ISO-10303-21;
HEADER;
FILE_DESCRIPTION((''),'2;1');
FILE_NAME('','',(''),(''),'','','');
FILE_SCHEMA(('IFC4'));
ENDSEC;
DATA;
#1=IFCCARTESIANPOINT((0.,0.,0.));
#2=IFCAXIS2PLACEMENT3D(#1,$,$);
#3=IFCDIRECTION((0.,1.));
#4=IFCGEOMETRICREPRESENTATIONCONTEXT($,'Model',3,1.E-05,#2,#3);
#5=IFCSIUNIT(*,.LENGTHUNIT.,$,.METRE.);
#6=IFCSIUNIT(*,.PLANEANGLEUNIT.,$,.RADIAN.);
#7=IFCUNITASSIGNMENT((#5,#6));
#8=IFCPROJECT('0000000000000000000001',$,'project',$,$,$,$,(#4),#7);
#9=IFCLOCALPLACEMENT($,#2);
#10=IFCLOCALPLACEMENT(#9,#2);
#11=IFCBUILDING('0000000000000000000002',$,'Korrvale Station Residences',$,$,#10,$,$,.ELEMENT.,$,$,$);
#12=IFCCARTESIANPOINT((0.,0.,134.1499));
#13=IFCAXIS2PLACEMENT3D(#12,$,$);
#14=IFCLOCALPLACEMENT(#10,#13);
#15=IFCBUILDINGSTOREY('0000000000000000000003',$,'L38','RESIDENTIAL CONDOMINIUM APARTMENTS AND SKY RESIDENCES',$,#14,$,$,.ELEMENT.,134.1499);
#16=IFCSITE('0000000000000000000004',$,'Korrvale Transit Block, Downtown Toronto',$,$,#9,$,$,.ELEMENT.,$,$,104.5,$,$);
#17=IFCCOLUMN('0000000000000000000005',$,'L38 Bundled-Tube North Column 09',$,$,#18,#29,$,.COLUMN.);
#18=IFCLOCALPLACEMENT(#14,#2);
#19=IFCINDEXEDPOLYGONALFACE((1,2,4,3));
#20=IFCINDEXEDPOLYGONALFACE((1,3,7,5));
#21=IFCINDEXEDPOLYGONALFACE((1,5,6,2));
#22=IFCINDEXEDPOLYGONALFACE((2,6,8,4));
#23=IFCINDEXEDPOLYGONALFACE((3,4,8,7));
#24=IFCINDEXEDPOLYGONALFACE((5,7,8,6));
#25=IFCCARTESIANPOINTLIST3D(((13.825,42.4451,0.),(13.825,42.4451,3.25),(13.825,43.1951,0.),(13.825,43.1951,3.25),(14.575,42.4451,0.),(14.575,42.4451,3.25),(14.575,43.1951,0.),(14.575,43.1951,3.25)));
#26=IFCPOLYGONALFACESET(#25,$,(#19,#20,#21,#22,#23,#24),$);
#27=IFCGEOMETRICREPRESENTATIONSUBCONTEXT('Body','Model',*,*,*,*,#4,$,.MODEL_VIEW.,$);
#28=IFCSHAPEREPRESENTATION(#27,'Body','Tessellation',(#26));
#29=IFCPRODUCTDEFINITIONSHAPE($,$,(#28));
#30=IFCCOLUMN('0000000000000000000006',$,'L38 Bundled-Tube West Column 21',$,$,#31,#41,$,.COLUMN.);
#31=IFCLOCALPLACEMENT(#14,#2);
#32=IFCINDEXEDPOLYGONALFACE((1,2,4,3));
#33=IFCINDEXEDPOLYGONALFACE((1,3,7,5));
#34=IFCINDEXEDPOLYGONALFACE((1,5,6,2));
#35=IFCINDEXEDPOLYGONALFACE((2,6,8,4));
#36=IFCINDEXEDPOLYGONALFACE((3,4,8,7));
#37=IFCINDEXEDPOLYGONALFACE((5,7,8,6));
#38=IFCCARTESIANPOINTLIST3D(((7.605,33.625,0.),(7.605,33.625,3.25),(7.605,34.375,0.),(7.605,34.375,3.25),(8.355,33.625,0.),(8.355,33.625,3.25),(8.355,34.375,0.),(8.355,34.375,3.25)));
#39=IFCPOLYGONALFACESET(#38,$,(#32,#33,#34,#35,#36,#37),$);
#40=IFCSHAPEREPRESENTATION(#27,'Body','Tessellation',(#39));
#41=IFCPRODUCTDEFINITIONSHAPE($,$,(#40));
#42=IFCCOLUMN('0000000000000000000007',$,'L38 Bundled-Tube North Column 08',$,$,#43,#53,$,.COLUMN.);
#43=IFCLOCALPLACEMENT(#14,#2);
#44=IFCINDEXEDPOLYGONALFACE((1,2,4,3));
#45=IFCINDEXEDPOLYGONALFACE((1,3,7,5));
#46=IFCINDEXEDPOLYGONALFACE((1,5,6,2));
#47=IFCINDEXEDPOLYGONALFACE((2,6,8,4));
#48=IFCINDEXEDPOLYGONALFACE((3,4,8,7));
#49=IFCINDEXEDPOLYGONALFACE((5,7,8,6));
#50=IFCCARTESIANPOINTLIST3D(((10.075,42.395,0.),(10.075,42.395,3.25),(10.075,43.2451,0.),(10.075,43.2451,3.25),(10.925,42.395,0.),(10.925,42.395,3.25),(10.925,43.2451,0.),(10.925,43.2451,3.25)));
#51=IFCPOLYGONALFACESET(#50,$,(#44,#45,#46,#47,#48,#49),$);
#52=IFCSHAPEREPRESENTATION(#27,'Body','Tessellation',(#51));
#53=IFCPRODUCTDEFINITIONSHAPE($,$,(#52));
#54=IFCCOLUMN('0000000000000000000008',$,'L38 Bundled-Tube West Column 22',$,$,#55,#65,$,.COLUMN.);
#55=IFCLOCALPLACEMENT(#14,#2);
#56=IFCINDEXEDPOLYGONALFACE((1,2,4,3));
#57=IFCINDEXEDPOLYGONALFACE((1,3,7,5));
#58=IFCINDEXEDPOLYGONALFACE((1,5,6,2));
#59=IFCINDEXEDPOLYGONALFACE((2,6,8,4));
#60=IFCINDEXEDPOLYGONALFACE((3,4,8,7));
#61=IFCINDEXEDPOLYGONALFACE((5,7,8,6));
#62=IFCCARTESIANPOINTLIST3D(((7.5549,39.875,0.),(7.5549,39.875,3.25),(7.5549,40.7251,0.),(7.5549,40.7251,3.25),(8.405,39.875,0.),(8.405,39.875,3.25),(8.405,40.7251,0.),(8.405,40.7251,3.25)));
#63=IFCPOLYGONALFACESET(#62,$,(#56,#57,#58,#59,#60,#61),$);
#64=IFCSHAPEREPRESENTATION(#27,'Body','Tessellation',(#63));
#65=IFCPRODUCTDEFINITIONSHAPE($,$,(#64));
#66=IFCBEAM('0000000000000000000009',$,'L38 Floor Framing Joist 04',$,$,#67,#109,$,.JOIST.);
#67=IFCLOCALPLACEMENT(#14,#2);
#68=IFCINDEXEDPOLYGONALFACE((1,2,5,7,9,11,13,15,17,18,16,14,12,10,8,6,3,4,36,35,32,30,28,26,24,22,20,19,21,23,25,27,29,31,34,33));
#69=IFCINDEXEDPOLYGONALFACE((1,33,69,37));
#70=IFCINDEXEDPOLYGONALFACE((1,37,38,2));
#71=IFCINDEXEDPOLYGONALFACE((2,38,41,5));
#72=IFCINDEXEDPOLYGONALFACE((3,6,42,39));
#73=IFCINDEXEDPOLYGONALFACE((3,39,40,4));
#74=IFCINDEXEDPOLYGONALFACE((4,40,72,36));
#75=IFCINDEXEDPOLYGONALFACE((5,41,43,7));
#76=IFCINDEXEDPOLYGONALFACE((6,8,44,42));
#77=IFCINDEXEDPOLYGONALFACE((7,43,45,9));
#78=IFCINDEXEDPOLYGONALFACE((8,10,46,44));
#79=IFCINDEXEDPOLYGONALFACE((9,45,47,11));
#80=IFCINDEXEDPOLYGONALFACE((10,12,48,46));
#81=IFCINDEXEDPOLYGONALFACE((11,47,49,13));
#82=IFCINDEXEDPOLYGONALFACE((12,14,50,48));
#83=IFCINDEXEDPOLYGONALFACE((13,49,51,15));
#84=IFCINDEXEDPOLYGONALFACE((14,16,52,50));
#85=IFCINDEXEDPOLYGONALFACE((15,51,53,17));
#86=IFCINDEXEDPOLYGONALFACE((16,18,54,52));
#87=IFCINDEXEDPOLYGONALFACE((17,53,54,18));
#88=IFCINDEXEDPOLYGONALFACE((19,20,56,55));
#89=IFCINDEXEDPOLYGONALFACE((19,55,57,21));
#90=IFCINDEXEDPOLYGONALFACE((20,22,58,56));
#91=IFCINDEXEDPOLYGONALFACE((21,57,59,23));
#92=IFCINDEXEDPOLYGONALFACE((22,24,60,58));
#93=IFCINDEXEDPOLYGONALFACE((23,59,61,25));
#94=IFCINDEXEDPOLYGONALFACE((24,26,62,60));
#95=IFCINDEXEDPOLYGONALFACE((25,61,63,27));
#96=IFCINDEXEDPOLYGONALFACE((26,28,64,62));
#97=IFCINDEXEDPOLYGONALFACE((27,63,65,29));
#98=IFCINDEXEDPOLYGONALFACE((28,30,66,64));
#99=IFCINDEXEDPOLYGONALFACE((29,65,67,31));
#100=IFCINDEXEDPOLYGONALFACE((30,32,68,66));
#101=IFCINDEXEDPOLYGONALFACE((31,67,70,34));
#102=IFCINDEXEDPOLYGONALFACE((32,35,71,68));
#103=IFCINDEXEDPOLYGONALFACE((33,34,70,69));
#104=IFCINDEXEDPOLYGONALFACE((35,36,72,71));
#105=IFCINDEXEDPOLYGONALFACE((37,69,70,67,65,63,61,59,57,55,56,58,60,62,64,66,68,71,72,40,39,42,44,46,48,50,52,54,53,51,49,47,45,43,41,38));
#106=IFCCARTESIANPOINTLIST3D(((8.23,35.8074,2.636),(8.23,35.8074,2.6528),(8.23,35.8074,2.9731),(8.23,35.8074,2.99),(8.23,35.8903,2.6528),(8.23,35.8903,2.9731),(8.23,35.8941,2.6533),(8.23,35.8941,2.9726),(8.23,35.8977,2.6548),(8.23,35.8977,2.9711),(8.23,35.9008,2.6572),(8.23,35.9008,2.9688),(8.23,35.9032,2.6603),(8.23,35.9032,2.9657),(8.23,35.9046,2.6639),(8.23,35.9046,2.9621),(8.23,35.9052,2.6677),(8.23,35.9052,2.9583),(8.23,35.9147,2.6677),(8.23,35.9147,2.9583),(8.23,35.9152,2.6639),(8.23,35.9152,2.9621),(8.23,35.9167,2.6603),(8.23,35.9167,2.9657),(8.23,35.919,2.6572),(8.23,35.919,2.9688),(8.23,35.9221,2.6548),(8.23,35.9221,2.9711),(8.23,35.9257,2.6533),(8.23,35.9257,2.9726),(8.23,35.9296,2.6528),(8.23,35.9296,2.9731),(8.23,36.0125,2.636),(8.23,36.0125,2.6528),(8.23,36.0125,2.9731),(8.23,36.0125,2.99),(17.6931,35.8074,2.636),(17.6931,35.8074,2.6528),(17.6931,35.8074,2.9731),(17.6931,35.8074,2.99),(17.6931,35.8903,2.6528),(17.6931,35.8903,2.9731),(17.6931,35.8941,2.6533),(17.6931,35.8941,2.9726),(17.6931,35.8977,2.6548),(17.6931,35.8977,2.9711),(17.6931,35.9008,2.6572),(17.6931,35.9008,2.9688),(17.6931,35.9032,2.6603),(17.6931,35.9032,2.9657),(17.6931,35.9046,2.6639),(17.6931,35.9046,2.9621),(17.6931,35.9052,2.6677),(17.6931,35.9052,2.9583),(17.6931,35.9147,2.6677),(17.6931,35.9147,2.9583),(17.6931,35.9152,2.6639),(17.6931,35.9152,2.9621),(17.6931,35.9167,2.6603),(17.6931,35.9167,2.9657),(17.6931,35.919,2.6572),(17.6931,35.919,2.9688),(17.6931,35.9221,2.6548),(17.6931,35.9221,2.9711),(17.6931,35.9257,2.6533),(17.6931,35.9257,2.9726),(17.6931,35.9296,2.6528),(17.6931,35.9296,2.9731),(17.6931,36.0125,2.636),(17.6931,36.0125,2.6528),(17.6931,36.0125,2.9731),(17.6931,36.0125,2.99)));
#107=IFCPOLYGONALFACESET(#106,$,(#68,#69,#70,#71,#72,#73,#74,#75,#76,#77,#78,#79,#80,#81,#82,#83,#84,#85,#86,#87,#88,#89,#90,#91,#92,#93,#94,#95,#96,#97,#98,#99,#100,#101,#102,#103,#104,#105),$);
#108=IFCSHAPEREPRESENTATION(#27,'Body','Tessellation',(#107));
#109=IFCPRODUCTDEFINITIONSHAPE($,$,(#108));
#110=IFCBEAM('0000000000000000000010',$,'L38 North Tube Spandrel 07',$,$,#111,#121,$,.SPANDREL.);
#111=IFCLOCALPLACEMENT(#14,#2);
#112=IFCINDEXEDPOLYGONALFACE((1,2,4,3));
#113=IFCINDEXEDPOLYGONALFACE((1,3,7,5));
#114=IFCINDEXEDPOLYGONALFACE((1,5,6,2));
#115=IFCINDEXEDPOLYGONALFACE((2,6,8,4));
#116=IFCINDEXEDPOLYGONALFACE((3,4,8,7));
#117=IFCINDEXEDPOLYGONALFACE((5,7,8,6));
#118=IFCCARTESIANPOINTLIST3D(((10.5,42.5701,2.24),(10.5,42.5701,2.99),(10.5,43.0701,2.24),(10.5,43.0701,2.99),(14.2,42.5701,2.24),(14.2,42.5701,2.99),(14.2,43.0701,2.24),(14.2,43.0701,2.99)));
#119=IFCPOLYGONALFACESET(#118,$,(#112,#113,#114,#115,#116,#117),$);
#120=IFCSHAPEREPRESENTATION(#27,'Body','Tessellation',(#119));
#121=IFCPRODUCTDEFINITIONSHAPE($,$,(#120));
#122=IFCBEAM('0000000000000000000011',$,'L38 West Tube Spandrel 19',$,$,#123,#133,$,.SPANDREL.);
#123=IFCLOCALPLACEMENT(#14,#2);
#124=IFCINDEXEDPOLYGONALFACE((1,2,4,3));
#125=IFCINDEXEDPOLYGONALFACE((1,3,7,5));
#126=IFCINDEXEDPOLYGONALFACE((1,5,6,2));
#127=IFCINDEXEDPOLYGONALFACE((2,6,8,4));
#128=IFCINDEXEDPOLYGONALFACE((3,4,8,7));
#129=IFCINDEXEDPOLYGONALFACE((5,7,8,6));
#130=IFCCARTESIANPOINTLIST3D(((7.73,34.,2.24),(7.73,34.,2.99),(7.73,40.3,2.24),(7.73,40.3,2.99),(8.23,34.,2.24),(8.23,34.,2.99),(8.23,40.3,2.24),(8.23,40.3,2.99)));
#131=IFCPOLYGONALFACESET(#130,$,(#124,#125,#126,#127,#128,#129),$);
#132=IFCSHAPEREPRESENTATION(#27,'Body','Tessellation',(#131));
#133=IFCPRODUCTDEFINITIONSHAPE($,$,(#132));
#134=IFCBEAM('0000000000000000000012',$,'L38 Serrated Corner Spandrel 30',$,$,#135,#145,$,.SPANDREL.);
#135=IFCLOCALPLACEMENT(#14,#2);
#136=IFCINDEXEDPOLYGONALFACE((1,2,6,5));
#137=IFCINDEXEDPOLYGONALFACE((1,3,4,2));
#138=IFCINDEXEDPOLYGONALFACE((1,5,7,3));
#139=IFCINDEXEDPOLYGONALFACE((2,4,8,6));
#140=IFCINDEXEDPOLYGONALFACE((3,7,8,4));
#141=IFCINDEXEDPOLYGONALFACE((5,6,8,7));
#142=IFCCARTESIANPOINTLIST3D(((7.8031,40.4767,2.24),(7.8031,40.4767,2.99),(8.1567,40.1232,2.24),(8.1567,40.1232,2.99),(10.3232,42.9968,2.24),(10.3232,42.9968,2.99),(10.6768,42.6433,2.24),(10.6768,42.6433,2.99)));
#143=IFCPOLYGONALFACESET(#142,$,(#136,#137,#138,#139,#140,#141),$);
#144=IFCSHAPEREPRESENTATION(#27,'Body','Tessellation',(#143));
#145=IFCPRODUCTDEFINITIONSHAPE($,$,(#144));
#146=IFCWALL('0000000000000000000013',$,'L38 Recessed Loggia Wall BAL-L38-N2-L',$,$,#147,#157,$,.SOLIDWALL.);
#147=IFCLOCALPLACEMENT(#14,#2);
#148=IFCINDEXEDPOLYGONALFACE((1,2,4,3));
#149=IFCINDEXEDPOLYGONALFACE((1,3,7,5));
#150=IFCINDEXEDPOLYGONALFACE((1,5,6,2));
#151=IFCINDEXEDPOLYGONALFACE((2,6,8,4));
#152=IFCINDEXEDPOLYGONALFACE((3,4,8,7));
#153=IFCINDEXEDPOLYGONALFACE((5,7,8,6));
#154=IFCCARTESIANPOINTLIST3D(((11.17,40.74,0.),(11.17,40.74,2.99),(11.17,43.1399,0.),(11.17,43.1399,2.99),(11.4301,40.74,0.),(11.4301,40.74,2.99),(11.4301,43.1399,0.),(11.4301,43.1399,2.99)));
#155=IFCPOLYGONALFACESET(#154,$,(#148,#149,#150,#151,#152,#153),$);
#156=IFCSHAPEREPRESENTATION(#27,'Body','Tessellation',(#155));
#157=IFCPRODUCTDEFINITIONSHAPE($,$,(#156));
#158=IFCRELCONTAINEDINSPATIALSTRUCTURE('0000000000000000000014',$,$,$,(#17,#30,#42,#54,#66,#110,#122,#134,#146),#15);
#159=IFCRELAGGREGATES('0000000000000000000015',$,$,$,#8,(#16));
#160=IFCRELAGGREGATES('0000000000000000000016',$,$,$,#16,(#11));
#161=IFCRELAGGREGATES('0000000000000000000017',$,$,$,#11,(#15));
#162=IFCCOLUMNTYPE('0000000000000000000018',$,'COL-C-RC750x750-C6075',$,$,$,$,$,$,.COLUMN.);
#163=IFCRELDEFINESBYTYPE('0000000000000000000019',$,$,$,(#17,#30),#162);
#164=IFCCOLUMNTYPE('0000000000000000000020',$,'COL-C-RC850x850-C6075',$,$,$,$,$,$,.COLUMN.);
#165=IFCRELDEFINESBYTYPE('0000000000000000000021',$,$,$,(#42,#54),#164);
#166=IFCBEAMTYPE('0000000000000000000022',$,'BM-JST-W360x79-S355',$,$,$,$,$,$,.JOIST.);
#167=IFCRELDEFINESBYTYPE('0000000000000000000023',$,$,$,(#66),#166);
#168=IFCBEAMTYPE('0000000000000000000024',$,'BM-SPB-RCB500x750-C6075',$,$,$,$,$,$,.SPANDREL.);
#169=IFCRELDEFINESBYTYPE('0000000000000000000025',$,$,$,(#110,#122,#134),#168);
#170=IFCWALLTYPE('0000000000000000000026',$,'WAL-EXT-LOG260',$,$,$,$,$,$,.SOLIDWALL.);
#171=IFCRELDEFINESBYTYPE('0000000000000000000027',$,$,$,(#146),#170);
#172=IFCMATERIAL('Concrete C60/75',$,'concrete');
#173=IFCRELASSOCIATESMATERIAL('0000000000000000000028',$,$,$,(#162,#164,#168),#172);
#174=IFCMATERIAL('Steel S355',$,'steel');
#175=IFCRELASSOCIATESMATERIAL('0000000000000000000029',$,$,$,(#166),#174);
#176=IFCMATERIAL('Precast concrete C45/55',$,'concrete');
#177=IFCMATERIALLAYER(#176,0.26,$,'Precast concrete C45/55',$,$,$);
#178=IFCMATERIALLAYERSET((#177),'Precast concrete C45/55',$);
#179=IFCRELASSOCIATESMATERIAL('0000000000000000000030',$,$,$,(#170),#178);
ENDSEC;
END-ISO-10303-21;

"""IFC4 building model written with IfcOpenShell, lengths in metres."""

from ifc_helpers import new_model, si_unit, direction, frame, frame_2d, origin, origin_2d, place, context, subcontext, project, spatial, rectangle, i_section, extrude, material, layer, layer_set, material_profile, profile_set, type_object, element, save


model = new_model("IFC4")

# Units and contexts
model_context = context("Model", 3, precision=1e-05, world=origin(), true_north=direction((0.0, 1.0)))
body_context = subcontext(model_context, "Body", "Model", "MODEL_VIEW")
ifc_project = project(units=[si_unit("LENGTHUNIT", "METRE"), si_unit("PLANEANGLEUNIT", "RADIAN")], contexts=[model_context])

# Site, building, storey
site_placement = place(None, origin())
site = spatial("IfcSite", under=ifc_project, at=site_placement, Name="Korrvale Transit Block, Downtown Toronto", CompositionType="ELEMENT", RefElevation=104.5)
building_placement = place(site_placement, origin())
building = spatial("IfcBuilding", under=site, at=building_placement, Name="Korrvale Station Residences", CompositionType="ELEMENT")
storey_placement = place(building_placement, frame((0.0, 0.0, 134.1499)))
storey = spatial("IfcBuildingStorey", under=building, at=storey_placement, Name="L38", Description="RESIDENTIAL CONDOMINIUM APARTMENTS AND SKY RESIDENCES", CompositionType="ELEMENT", Elevation=134.1499)

# Columns
ifc_material_1 = material(Name="Concrete C60/75", Category="concrete")
ifc_material_profile_1 = material_profile(ifc_material_1, rectangle(XDim=0.75, YDim=0.75, at=origin_2d()), Name="RC750x750")
ifc_profile_set_1 = profile_set([ifc_material_profile_1], Name="Concrete C60/75")
column_type_1 = type_object("IfcColumnType", Name="COL-C-RC750x750-C6075", PredefinedType="COLUMN", material=ifc_profile_set_1)
for number, where, z_axis, x_axis, name in (
    (1, (14.2, 42.8201, 0.0), (0.0, 0.0, 1.0), (1.0, 0.0, 0.0), "L38 Bundled-Tube North Column 09"),
    (2, (7.98, 34.0, 0.0), (0.0, 0.0, 1.0), (1.0, 0.0, 0.0), "L38 Bundled-Tube West Column 21"),
):
    element("IfcColumn", number, at=place(storey_placement, frame(where, z_axis=z_axis, x_axis=x_axis)), inside=storey, type_object=column_type_1, Name=name, PredefinedType="COLUMN", context=body_context, shape_type="SweptSolid", body=[
        extrude(rectangle(XDim=0.75, YDim=0.75, at=origin_2d()), origin(), (0.0, 0.0, 1.0), 3.25),
    ])
ifc_material_profile_2 = material_profile(ifc_material_1, rectangle(XDim=0.8501, YDim=0.8501, at=origin_2d()), Name="RC850x850")
ifc_profile_set_2 = profile_set([ifc_material_profile_2], Name="Concrete C60/75")
column_type_2 = type_object("IfcColumnType", Name="COL-C-RC850x850-C6075", PredefinedType="COLUMN", material=ifc_profile_set_2)
for number, where, z_axis, x_axis, name in (
    (3, (10.5, 42.8201, 0.0), (0.0, 0.0, 1.0), (1.0, 0.0, 0.0), "L38 Bundled-Tube North Column 08"),
    (4, (7.98, 40.3, 0.0), (0.0, 0.0, 1.0), (1.0, 0.0, 0.0), "L38 Bundled-Tube West Column 22"),
):
    element("IfcColumn", number, at=place(storey_placement, frame(where, z_axis=z_axis, x_axis=x_axis)), inside=storey, type_object=column_type_2, Name=name, PredefinedType="COLUMN", context=body_context, shape_type="SweptSolid", body=[
        extrude(rectangle(XDim=0.8501, YDim=0.8501, at=origin_2d()), origin(), (0.0, 0.0, 1.0), 3.25),
    ])

# Beams
ifc_material_2 = material(Name="Steel S355", Category="steel")
ifc_material_profile_3 = material_profile(ifc_material_2, i_section(OverallWidth=0.2051, OverallDepth=0.354, WebThickness=0.0095, FlangeThickness=0.0168, FilletRadius=0.0149, at=origin_2d()), Name="W360x79")
ifc_profile_set_3 = profile_set([ifc_material_profile_3], Name="Steel S355")
beam_type_1 = type_object("IfcBeamType", Name="BM-JST-W360x79-S355", PredefinedType="JOIST", material=ifc_profile_set_3)
beam_1_placement = place(storey_placement, frame((8.23, 35.9099, 2.813), z_axis=(1.0, 0.0, 0.0), x_axis=(0.0, 1.0, 0.0)))
element("IfcBeam", 5, at=beam_1_placement, inside=storey, type_object=beam_type_1, Name="L38 Floor Framing Joist 04", PredefinedType="JOIST", context=body_context, shape_type="SweptSolid", body=[
    extrude(i_section(OverallWidth=0.2051, OverallDepth=0.354, WebThickness=0.0095, FlangeThickness=0.0168, FilletRadius=0.0149, at=origin_2d()), origin(), (0.0, 0.0, 1.0), 9.4631),
])
ifc_material_profile_4 = material_profile(ifc_material_1, rectangle(XDim=0.5, YDim=0.75, at=origin_2d()), Name="RCB500x750")
ifc_profile_set_4 = profile_set([ifc_material_profile_4], Name="Concrete C60/75")
beam_type_2 = type_object("IfcBeamType", Name="BM-SPB-RCB500x750-C6075", PredefinedType="SPANDREL", material=ifc_profile_set_4)
beam_2_placement = place(storey_placement, frame((10.5, 42.8201, 2.615), z_axis=(1.0, 0.0, 0.0), x_axis=(0.0, 1.0, 0.0)))
element("IfcBeam", 6, at=beam_2_placement, inside=storey, type_object=beam_type_2, Name="L38 North Tube Spandrel 07", PredefinedType="SPANDREL", context=body_context, shape_type="SweptSolid", body=[
    extrude(rectangle(XDim=0.5, YDim=0.75, at=origin_2d()), origin(), (0.0, 0.0, 1.0), 3.7),
])
beam_3_placement = place(storey_placement, frame((7.98, 34.0, 2.615), z_axis=(0.0, 1.0, 0.0), x_axis=(-1.0, 0.0, 0.0)))
element("IfcBeam", 7, at=beam_3_placement, inside=storey, type_object=beam_type_2, Name="L38 West Tube Spandrel 19", PredefinedType="SPANDREL", context=body_context, shape_type="SweptSolid", body=[
    extrude(rectangle(XDim=0.5, YDim=0.75, at=origin_2d()), origin(), (0.0, 0.0, 1.0), 6.3),
])
beam_4_placement = place(storey_placement, frame((10.5, 42.8201, 2.615), z_axis=(-0.707107, -0.707107, 0.0), x_axis=(0.707107, -0.707107, 0.0)))
element("IfcBeam", 8, at=beam_4_placement, inside=storey, type_object=beam_type_2, Name="L38 Serrated Corner Spandrel 30", PredefinedType="SPANDREL", context=body_context, shape_type="SweptSolid", body=[
    extrude(rectangle(XDim=0.5, YDim=0.75, at=origin_2d()), origin(), (0.0, 0.0, 1.0), 3.564),
])

# Wall
ifc_material_3 = material(Name="Precast concrete C45/55", Category="concrete")
ifc_layer_1 = layer(ifc_material_3, 0.26, Name="Precast concrete C45/55")
ifc_layer_set_1 = layer_set([ifc_layer_1], Name="Precast concrete C45/55")
wall_type_1 = type_object("IfcWallType", Name="WAL-EXT-LOG260", PredefinedType="SOLIDWALL", material=ifc_layer_set_1)
wall_1_placement = place(storey_placement, frame((11.3, 43.1399, 0.0), z_axis=(0.0, 0.0, 1.0), x_axis=(0.0, -1.0, 0.0)))
element("IfcWall", 9, at=wall_1_placement, inside=storey, type_object=wall_type_1, Name="L38 Recessed Loggia Wall BAL-L38-N2-L", PredefinedType="SOLIDWALL", context=body_context, shape_type="SweptSolid", body=[
    extrude(rectangle(XDim=2.3999, YDim=0.26, at=frame_2d((1.2, 0.0))), origin(), (0.0, 0.0, 1.0), 2.99),
])

save(model, "model.ifc")
